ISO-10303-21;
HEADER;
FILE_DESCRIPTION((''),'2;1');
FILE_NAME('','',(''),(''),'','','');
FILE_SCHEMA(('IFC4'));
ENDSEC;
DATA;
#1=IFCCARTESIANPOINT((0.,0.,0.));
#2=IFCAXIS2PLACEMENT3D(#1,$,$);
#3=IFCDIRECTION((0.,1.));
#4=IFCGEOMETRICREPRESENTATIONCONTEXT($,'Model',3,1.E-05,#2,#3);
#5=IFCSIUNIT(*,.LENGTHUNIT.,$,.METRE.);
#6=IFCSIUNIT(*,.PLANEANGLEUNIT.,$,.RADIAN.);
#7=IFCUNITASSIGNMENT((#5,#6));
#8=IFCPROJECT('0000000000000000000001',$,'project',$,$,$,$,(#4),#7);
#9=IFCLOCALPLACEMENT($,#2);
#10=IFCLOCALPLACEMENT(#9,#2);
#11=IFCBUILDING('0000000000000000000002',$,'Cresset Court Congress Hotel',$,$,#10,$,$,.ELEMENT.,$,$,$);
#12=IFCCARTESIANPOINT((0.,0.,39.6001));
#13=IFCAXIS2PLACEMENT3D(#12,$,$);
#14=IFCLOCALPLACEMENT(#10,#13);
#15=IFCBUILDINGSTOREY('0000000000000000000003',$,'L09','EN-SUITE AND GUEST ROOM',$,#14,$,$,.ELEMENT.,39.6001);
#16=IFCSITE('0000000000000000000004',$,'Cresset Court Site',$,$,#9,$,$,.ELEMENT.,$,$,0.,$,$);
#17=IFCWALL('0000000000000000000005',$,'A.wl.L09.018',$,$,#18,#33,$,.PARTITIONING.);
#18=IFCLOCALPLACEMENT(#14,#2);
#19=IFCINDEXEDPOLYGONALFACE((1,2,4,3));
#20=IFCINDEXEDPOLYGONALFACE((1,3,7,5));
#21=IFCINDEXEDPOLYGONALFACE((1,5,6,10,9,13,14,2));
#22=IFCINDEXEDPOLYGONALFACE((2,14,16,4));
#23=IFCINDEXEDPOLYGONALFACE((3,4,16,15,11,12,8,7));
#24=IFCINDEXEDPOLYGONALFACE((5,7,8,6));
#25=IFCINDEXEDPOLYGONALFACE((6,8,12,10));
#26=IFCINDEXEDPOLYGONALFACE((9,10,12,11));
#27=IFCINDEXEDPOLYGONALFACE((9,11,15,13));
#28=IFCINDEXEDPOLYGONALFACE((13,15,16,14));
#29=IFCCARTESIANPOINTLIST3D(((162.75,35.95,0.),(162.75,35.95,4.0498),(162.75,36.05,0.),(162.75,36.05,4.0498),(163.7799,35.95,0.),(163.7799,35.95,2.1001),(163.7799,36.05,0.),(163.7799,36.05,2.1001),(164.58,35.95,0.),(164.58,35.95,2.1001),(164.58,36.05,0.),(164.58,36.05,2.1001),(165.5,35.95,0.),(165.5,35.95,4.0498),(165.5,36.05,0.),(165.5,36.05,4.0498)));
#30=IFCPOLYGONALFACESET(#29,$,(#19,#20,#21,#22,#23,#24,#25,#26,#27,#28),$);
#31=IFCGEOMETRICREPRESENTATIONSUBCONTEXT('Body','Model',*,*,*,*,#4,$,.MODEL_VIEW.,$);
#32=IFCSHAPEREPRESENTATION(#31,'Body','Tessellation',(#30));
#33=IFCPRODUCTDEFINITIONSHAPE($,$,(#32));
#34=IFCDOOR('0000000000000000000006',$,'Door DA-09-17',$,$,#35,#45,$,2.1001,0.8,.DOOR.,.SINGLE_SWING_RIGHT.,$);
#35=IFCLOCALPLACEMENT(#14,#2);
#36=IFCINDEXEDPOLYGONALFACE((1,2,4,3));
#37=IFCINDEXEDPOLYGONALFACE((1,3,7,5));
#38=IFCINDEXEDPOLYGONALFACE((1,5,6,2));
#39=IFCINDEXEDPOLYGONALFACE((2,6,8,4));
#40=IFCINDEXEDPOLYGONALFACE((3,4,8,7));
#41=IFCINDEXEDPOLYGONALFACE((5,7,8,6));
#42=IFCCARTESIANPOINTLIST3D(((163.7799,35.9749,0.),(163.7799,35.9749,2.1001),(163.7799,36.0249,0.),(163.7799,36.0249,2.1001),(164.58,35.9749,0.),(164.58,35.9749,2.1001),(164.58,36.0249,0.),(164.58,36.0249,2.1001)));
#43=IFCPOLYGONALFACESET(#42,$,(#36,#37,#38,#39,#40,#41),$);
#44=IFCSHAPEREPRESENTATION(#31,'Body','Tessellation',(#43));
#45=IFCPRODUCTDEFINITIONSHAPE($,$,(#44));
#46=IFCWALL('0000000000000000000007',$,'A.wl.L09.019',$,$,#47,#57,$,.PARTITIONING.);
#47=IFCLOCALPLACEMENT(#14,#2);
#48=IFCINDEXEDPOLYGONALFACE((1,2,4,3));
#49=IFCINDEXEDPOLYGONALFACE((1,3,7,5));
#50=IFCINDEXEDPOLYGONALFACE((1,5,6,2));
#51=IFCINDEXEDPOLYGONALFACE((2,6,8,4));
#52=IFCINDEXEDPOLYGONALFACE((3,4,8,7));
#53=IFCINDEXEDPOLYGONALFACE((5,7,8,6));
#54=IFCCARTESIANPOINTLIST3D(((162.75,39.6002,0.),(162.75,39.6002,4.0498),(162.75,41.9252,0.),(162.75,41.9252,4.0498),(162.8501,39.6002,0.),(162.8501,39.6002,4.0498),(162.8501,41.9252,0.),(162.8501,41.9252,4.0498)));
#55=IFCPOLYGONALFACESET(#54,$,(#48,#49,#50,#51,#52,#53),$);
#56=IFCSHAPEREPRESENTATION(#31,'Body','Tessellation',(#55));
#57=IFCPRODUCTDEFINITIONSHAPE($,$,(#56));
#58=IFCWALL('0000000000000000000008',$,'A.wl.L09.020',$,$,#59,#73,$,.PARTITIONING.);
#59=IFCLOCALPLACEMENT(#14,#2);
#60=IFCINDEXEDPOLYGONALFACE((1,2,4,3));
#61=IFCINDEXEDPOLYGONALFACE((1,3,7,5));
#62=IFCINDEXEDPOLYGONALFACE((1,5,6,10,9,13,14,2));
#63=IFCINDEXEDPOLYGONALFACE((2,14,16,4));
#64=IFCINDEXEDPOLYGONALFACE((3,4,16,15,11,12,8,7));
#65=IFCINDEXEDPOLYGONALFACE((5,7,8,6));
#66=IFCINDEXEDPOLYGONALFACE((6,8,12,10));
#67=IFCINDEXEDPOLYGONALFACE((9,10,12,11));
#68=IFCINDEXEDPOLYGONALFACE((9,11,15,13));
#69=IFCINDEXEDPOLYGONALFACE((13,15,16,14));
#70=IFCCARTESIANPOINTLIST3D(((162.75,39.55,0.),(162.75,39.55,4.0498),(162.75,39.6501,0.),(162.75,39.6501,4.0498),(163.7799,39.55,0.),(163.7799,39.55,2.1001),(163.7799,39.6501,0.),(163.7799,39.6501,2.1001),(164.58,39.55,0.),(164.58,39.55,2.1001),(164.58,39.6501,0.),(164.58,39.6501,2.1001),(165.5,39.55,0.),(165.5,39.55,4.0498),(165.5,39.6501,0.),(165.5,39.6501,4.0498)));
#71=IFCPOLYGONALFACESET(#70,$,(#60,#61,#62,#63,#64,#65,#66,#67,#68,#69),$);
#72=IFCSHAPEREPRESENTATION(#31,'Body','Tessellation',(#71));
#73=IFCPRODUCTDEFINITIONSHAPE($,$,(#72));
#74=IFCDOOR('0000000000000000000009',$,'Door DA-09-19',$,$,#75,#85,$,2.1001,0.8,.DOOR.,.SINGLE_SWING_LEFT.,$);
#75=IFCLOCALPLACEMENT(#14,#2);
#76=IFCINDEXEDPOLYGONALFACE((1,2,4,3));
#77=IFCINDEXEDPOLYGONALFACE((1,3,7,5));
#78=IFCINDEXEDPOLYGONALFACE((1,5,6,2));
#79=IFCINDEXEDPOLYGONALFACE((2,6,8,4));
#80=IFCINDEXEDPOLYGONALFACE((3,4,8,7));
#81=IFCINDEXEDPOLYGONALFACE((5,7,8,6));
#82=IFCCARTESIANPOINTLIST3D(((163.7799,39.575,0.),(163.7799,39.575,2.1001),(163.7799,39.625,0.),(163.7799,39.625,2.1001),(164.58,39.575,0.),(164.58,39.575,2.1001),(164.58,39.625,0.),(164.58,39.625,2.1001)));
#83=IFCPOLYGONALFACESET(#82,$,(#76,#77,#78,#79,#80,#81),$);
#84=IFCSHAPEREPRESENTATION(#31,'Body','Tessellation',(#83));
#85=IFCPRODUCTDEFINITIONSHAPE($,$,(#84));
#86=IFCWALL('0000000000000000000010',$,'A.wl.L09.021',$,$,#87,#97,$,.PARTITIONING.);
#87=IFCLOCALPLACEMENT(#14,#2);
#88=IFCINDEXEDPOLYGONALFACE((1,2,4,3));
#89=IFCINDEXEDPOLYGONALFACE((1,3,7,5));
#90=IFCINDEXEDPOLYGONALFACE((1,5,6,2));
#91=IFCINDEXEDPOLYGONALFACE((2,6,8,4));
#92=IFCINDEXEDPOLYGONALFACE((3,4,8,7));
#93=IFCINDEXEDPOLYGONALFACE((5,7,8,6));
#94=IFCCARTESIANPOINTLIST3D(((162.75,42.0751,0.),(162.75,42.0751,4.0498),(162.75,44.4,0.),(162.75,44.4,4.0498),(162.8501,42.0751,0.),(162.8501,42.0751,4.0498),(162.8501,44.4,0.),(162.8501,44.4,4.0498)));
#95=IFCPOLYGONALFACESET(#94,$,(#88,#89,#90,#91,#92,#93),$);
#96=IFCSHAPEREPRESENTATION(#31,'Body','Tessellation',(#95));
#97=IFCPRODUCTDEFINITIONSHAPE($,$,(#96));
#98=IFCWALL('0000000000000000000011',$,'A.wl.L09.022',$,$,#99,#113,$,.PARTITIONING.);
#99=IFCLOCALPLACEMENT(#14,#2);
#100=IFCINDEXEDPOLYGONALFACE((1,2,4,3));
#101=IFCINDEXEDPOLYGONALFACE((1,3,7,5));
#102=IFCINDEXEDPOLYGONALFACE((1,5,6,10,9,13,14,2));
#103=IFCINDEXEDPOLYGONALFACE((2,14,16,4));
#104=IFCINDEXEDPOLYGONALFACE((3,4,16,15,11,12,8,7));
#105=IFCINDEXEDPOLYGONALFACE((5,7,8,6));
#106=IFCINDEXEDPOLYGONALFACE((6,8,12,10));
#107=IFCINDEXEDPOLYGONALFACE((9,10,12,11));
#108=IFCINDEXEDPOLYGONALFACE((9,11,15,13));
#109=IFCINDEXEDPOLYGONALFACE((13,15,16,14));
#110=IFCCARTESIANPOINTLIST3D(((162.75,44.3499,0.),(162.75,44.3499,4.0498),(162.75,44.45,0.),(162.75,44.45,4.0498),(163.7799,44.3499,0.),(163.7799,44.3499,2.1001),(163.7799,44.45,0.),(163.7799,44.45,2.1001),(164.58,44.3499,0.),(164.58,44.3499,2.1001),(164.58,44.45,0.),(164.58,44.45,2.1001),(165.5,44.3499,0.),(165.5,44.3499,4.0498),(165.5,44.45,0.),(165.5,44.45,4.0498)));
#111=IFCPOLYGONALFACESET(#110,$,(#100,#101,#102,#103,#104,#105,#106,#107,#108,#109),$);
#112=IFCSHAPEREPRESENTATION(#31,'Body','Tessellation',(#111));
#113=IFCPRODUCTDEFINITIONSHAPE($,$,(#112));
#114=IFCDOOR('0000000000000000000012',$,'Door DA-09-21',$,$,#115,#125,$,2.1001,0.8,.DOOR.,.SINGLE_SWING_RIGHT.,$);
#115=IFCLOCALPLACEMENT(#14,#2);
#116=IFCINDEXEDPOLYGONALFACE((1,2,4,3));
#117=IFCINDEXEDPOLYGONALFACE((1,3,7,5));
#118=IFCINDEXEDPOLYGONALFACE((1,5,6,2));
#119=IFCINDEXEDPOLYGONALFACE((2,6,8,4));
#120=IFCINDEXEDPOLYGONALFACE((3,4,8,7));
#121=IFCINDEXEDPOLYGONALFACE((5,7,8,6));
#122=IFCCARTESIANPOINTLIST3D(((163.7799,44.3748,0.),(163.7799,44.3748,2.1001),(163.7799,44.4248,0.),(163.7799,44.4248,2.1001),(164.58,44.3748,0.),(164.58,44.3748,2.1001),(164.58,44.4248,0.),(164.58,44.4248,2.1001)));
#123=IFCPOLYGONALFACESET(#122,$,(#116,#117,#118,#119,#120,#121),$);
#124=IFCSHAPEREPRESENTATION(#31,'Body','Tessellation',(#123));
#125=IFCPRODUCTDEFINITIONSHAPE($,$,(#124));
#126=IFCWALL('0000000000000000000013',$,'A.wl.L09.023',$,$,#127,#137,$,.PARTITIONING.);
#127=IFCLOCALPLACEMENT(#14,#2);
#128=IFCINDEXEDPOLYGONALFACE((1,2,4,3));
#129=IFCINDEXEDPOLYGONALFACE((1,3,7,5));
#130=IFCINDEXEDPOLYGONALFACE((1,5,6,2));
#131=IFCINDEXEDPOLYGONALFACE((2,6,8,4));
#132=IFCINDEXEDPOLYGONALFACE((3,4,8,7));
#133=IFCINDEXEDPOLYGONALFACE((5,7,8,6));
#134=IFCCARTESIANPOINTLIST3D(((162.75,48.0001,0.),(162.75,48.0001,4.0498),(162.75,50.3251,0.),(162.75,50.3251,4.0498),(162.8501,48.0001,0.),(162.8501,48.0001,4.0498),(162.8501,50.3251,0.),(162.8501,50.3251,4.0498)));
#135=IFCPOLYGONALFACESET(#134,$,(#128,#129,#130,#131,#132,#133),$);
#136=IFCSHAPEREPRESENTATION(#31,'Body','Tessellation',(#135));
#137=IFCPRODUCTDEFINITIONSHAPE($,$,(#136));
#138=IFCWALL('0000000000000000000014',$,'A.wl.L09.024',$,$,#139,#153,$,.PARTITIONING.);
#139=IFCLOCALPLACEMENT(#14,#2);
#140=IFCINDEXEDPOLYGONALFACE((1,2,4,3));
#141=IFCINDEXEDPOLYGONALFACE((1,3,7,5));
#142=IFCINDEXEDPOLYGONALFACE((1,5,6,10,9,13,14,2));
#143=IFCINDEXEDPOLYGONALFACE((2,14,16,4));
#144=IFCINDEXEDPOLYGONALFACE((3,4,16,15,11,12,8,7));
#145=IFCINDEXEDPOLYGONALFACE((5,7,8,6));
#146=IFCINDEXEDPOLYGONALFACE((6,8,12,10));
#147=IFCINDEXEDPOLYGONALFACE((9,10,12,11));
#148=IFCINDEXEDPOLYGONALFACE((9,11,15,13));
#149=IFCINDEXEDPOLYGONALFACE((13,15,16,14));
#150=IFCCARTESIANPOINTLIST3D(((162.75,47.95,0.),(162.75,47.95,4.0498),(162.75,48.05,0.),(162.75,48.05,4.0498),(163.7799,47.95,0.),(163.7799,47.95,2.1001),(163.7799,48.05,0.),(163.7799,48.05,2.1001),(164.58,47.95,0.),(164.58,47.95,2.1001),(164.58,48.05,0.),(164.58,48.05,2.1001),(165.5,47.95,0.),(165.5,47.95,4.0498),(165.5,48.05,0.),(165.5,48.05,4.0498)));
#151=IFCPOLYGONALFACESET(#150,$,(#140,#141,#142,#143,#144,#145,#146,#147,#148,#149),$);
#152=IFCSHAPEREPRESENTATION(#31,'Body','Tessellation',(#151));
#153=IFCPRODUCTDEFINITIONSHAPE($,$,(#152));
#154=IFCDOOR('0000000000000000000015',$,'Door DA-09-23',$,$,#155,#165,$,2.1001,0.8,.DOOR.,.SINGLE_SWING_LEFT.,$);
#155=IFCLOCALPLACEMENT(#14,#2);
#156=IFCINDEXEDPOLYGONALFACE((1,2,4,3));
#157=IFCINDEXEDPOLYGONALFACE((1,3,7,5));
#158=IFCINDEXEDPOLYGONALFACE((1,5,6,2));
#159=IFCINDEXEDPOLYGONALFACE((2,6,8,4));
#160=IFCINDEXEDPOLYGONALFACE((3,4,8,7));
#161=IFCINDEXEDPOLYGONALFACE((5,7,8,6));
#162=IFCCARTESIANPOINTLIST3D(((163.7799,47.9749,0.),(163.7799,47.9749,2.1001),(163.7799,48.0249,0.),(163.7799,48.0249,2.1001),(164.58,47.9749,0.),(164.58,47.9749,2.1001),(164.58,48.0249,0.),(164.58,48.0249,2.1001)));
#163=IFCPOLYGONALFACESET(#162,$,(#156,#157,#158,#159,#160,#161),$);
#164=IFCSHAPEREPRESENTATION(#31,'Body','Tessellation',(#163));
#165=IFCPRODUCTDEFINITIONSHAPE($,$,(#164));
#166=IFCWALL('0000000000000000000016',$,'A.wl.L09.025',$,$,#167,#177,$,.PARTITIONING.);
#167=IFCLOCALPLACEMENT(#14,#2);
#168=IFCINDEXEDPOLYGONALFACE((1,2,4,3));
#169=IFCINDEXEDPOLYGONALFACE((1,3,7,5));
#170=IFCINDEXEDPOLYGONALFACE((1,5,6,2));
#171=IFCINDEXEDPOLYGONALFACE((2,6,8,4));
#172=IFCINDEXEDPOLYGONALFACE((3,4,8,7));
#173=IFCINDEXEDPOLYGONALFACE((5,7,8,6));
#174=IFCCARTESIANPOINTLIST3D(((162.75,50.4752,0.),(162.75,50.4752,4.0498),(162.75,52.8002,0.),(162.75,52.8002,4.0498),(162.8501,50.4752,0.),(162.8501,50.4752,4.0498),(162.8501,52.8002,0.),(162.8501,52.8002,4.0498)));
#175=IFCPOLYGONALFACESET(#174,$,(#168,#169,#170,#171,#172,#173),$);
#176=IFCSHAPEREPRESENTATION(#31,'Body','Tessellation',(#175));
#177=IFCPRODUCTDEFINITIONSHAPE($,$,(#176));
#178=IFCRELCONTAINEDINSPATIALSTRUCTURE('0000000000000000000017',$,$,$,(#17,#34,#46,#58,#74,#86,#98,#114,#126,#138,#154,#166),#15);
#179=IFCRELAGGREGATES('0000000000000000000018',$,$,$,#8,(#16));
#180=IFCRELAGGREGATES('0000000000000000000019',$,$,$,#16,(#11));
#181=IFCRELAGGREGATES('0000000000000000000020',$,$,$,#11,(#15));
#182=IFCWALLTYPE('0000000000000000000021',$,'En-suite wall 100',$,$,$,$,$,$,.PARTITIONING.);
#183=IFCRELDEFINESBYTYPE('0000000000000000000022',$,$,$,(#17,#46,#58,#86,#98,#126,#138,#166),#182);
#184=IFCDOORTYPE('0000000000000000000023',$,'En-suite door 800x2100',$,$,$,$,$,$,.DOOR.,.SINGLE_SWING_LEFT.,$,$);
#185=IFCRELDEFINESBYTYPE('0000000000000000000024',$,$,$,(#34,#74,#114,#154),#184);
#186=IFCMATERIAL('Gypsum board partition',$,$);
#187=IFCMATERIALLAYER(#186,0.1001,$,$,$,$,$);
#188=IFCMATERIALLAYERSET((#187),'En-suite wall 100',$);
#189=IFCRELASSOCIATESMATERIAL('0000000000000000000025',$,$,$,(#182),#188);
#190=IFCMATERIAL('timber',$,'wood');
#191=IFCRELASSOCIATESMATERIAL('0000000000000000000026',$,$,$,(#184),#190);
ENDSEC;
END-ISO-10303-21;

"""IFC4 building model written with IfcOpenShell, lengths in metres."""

from ifc_helpers import new_model, si_unit, direction, frame, frame_2d, origin, place, context, subcontext, project, spatial, rectangle, extrude, material, layer, layer_set, type_object, element, fill, save


model = new_model("IFC4")

# Units and contexts
model_context = context("Model", 3, precision=1e-05, world=origin(), true_north=direction((0.0, 1.0)))
body_context = subcontext(model_context, "Body", "Model", "MODEL_VIEW")
ifc_project = project(units=[si_unit("LENGTHUNIT", "METRE"), si_unit("PLANEANGLEUNIT", "RADIAN")], contexts=[model_context])

# Site, building, storey
site_placement = place(None, origin())
site = spatial("IfcSite", under=ifc_project, at=site_placement, Name="Cresset Court Site", CompositionType="ELEMENT", RefElevation=0.0)
building_placement = place(site_placement, origin())
building = spatial("IfcBuilding", under=site, at=building_placement, Name="Cresset Court Congress Hotel", CompositionType="ELEMENT")
storey_placement = place(building_placement, frame((0.0, 0.0, 39.6001)))
storey = spatial("IfcBuildingStorey", under=building, at=storey_placement, Name="L09", Description="EN-SUITE AND GUEST ROOM", CompositionType="ELEMENT", Elevation=39.6001)

# Wall, opening, door
ifc_material_1 = material(Name="Gypsum board partition")
ifc_layer_1 = layer(ifc_material_1, 0.1001)
ifc_layer_set_1 = layer_set([ifc_layer_1], Name="En-suite wall 100")
wall_type_1 = type_object("IfcWallType", Name="En-suite wall 100", PredefinedType="PARTITIONING", material=ifc_layer_set_1)
wall_1_placement = place(storey_placement, frame((162.75, 36.0, 0.0), z_axis=(0.0, 0.0, 1.0), x_axis=(1.0, 0.0, 0.0)))
wall_1 = element("IfcWall", 1, at=wall_1_placement, inside=storey, type_object=wall_type_1, Name="A.wl.L09.018", PredefinedType="PARTITIONING", context=body_context, shape_type="SweptSolid", body=[
    extrude(rectangle(XDim=2.75, YDim=0.1001, at=frame_2d((1.375, 0.0))), origin(), (0.0, 0.0, 1.0), 4.0498),
])
opening_1_placement = place(wall_1_placement, frame((1.03, 0.0, 0.0)))
opening_1 = element("IfcOpeningElement", 2, at=opening_1_placement, cuts=wall_1, PredefinedType="OPENING", context=body_context, shape_type="SweptSolid", body=[
    extrude(rectangle(XDim=0.8, YDim=2.1001, at=frame_2d((0.3999, 1.05))), frame((0.0, 0.0601, 0.0), z_axis=(0.0, -1.0, 0.0), x_axis=(1.0, 0.0, 0.0)), (0.0, 0.0, 1.0), 0.1201),
])
ifc_material_2 = material(Name="timber", Category="wood")
door_type = type_object("IfcDoorType", Name="En-suite door 800x2100", OperationType="SINGLE_SWING_LEFT", PredefinedType="DOOR", material=ifc_material_2)
door_1_placement = place(opening_1_placement, origin())
door_1 = element("IfcDoor", 3, at=door_1_placement, inside=storey, type_object=door_type, Name="Door DA-09-17", OperationType="SINGLE_SWING_RIGHT", OverallHeight=2.1001, OverallWidth=0.8, PredefinedType="DOOR", context=body_context, shape_type="SweptSolid", body=[
    extrude(rectangle(XDim=0.8, YDim=2.1001, at=frame_2d((0.3999, 1.05))), frame((0.0, 0.0249, 0.0), z_axis=(0.0, -1.0, 0.0), x_axis=(1.0, 0.0, 0.0)), (0.0, 0.0, 1.0), 0.05),
])
fill(opening_1, door_1)

# Wall
wall_2_placement = place(storey_placement, frame((162.8, 39.6001, 0.0), z_axis=(0.0, 0.0, 1.0), x_axis=(0.0, 1.0, 0.0)))
element("IfcWall", 4, at=wall_2_placement, inside=storey, type_object=wall_type_1, Name="A.wl.L09.019", PredefinedType="PARTITIONING", context=body_context, shape_type="SweptSolid", body=[
    extrude(rectangle(XDim=2.325, YDim=0.1001, at=frame_2d((1.1626, 0.0))), origin(), (0.0, 0.0, 1.0), 4.0498),
])

# Wall, opening, door
wall_3_placement = place(storey_placement, frame((162.75, 39.6001, 0.0), z_axis=(0.0, 0.0, 1.0), x_axis=(1.0, 0.0, 0.0)))
wall_3 = element("IfcWall", 5, at=wall_3_placement, inside=storey, type_object=wall_type_1, Name="A.wl.L09.020", PredefinedType="PARTITIONING", context=body_context, shape_type="SweptSolid", body=[
    extrude(rectangle(XDim=2.75, YDim=0.1001, at=frame_2d((1.375, 0.0))), origin(), (0.0, 0.0, 1.0), 4.0498),
])
opening_2_placement = place(wall_3_placement, frame((1.03, 0.0, 0.0)))
opening_2 = element("IfcOpeningElement", 6, at=opening_2_placement, cuts=wall_3, PredefinedType="OPENING", context=body_context, shape_type="SweptSolid", body=[
    extrude(rectangle(XDim=0.8, YDim=2.1001, at=frame_2d((0.3999, 1.05))), frame((0.0, 0.0601, 0.0), z_axis=(0.0, -1.0, 0.0), x_axis=(1.0, 0.0, 0.0)), (0.0, 0.0, 1.0), 0.1201),
])
door_2_placement = place(opening_2_placement, origin())
door_2 = element("IfcDoor", 7, at=door_2_placement, inside=storey, type_object=door_type, Name="Door DA-09-19", OperationType="SINGLE_SWING_LEFT", OverallHeight=2.1001, OverallWidth=0.8, PredefinedType="DOOR", context=body_context, shape_type="SweptSolid", body=[
    extrude(rectangle(XDim=0.8, YDim=2.1001, at=frame_2d((0.3999, 1.05))), frame((0.0, 0.0249, 0.0), z_axis=(0.0, -1.0, 0.0), x_axis=(1.0, 0.0, 0.0)), (0.0, 0.0, 1.0), 0.05),
])
fill(opening_2, door_2)

# Wall
wall_4_placement = place(storey_placement, frame((162.8, 42.075, 0.0), z_axis=(0.0, 0.0, 1.0), x_axis=(0.0, 1.0, 0.0)))
element("IfcWall", 8, at=wall_4_placement, inside=storey, type_object=wall_type_1, Name="A.wl.L09.021", PredefinedType="PARTITIONING", context=body_context, shape_type="SweptSolid", body=[
    extrude(rectangle(XDim=2.325, YDim=0.1001, at=frame_2d((1.1626, 0.0))), origin(), (0.0, 0.0, 1.0), 4.0498),
])

# Wall, opening, door
wall_5_placement = place(storey_placement, frame((162.75, 44.3999, 0.0), z_axis=(0.0, 0.0, 1.0), x_axis=(1.0, 0.0, 0.0)))
wall_5 = element("IfcWall", 9, at=wall_5_placement, inside=storey, type_object=wall_type_1, Name="A.wl.L09.022", PredefinedType="PARTITIONING", context=body_context, shape_type="SweptSolid", body=[
    extrude(rectangle(XDim=2.75, YDim=0.1001, at=frame_2d((1.375, 0.0))), origin(), (0.0, 0.0, 1.0), 4.0498),
])
opening_3_placement = place(wall_5_placement, frame((1.03, 0.0, 0.0)))
opening_3 = element("IfcOpeningElement", 10, at=opening_3_placement, cuts=wall_5, PredefinedType="OPENING", context=body_context, shape_type="SweptSolid", body=[
    extrude(rectangle(XDim=0.8, YDim=2.1001, at=frame_2d((0.3999, 1.05))), frame((0.0, 0.0601, 0.0), z_axis=(0.0, -1.0, 0.0), x_axis=(1.0, 0.0, 0.0)), (0.0, 0.0, 1.0), 0.1201),
])
door_3_placement = place(opening_3_placement, origin())
door_3 = element("IfcDoor", 11, at=door_3_placement, inside=storey, type_object=door_type, Name="Door DA-09-21", OperationType="SINGLE_SWING_RIGHT", OverallHeight=2.1001, OverallWidth=0.8, PredefinedType="DOOR", context=body_context, shape_type="SweptSolid", body=[
    extrude(rectangle(XDim=0.8, YDim=2.1001, at=frame_2d((0.3999, 1.05))), frame((0.0, 0.0249, 0.0), z_axis=(0.0, -1.0, 0.0), x_axis=(1.0, 0.0, 0.0)), (0.0, 0.0, 1.0), 0.05),
])
fill(opening_3, door_3)

# Wall
wall_6_placement = place(storey_placement, frame((162.8, 48.0, 0.0), z_axis=(0.0, 0.0, 1.0), x_axis=(0.0, 1.0, 0.0)))
element("IfcWall", 12, at=wall_6_placement, inside=storey, type_object=wall_type_1, Name="A.wl.L09.023", PredefinedType="PARTITIONING", context=body_context, shape_type="SweptSolid", body=[
    extrude(rectangle(XDim=2.325, YDim=0.1001, at=frame_2d((1.1626, 0.0))), origin(), (0.0, 0.0, 1.0), 4.0498),
])

# Wall, opening, door
wall_7_placement = place(storey_placement, frame((162.75, 48.0, 0.0), z_axis=(0.0, 0.0, 1.0), x_axis=(1.0, 0.0, 0.0)))
wall_7 = element("IfcWall", 13, at=wall_7_placement, inside=storey, type_object=wall_type_1, Name="A.wl.L09.024", PredefinedType="PARTITIONING", context=body_context, shape_type="SweptSolid", body=[
    extrude(rectangle(XDim=2.75, YDim=0.1001, at=frame_2d((1.375, 0.0))), origin(), (0.0, 0.0, 1.0), 4.0498),
])
opening_4_placement = place(wall_7_placement, frame((1.03, 0.0, 0.0)))
opening_4 = element("IfcOpeningElement", 14, at=opening_4_placement, cuts=wall_7, PredefinedType="OPENING", context=body_context, shape_type="SweptSolid", body=[
    extrude(rectangle(XDim=0.8, YDim=2.1001, at=frame_2d((0.3999, 1.05))), frame((0.0, 0.0601, 0.0), z_axis=(0.0, -1.0, 0.0), x_axis=(1.0, 0.0, 0.0)), (0.0, 0.0, 1.0), 0.1201),
])
door_4_placement = place(opening_4_placement, origin())
door_4 = element("IfcDoor", 15, at=door_4_placement, inside=storey, type_object=door_type, Name="Door DA-09-23", OperationType="SINGLE_SWING_LEFT", OverallHeight=2.1001, OverallWidth=0.8, PredefinedType="DOOR", context=body_context, shape_type="SweptSolid", body=[
    extrude(rectangle(XDim=0.8, YDim=2.1001, at=frame_2d((0.3999, 1.05))), frame((0.0, 0.0249, 0.0), z_axis=(0.0, -1.0, 0.0), x_axis=(1.0, 0.0, 0.0)), (0.0, 0.0, 1.0), 0.05),
])
fill(opening_4, door_4)

# Wall
wall_8_placement = place(storey_placement, frame((162.8, 50.4751, 0.0), z_axis=(0.0, 0.0, 1.0), x_axis=(0.0, 1.0, 0.0)))
element("IfcWall", 16, at=wall_8_placement, inside=storey, type_object=wall_type_1, Name="A.wl.L09.025", PredefinedType="PARTITIONING", context=body_context, shape_type="SweptSolid", body=[
    extrude(rectangle(XDim=2.325, YDim=0.1001, at=frame_2d((1.1626, 0.0))), origin(), (0.0, 0.0, 1.0), 4.0498),
])

save(model, "model.ifc")
